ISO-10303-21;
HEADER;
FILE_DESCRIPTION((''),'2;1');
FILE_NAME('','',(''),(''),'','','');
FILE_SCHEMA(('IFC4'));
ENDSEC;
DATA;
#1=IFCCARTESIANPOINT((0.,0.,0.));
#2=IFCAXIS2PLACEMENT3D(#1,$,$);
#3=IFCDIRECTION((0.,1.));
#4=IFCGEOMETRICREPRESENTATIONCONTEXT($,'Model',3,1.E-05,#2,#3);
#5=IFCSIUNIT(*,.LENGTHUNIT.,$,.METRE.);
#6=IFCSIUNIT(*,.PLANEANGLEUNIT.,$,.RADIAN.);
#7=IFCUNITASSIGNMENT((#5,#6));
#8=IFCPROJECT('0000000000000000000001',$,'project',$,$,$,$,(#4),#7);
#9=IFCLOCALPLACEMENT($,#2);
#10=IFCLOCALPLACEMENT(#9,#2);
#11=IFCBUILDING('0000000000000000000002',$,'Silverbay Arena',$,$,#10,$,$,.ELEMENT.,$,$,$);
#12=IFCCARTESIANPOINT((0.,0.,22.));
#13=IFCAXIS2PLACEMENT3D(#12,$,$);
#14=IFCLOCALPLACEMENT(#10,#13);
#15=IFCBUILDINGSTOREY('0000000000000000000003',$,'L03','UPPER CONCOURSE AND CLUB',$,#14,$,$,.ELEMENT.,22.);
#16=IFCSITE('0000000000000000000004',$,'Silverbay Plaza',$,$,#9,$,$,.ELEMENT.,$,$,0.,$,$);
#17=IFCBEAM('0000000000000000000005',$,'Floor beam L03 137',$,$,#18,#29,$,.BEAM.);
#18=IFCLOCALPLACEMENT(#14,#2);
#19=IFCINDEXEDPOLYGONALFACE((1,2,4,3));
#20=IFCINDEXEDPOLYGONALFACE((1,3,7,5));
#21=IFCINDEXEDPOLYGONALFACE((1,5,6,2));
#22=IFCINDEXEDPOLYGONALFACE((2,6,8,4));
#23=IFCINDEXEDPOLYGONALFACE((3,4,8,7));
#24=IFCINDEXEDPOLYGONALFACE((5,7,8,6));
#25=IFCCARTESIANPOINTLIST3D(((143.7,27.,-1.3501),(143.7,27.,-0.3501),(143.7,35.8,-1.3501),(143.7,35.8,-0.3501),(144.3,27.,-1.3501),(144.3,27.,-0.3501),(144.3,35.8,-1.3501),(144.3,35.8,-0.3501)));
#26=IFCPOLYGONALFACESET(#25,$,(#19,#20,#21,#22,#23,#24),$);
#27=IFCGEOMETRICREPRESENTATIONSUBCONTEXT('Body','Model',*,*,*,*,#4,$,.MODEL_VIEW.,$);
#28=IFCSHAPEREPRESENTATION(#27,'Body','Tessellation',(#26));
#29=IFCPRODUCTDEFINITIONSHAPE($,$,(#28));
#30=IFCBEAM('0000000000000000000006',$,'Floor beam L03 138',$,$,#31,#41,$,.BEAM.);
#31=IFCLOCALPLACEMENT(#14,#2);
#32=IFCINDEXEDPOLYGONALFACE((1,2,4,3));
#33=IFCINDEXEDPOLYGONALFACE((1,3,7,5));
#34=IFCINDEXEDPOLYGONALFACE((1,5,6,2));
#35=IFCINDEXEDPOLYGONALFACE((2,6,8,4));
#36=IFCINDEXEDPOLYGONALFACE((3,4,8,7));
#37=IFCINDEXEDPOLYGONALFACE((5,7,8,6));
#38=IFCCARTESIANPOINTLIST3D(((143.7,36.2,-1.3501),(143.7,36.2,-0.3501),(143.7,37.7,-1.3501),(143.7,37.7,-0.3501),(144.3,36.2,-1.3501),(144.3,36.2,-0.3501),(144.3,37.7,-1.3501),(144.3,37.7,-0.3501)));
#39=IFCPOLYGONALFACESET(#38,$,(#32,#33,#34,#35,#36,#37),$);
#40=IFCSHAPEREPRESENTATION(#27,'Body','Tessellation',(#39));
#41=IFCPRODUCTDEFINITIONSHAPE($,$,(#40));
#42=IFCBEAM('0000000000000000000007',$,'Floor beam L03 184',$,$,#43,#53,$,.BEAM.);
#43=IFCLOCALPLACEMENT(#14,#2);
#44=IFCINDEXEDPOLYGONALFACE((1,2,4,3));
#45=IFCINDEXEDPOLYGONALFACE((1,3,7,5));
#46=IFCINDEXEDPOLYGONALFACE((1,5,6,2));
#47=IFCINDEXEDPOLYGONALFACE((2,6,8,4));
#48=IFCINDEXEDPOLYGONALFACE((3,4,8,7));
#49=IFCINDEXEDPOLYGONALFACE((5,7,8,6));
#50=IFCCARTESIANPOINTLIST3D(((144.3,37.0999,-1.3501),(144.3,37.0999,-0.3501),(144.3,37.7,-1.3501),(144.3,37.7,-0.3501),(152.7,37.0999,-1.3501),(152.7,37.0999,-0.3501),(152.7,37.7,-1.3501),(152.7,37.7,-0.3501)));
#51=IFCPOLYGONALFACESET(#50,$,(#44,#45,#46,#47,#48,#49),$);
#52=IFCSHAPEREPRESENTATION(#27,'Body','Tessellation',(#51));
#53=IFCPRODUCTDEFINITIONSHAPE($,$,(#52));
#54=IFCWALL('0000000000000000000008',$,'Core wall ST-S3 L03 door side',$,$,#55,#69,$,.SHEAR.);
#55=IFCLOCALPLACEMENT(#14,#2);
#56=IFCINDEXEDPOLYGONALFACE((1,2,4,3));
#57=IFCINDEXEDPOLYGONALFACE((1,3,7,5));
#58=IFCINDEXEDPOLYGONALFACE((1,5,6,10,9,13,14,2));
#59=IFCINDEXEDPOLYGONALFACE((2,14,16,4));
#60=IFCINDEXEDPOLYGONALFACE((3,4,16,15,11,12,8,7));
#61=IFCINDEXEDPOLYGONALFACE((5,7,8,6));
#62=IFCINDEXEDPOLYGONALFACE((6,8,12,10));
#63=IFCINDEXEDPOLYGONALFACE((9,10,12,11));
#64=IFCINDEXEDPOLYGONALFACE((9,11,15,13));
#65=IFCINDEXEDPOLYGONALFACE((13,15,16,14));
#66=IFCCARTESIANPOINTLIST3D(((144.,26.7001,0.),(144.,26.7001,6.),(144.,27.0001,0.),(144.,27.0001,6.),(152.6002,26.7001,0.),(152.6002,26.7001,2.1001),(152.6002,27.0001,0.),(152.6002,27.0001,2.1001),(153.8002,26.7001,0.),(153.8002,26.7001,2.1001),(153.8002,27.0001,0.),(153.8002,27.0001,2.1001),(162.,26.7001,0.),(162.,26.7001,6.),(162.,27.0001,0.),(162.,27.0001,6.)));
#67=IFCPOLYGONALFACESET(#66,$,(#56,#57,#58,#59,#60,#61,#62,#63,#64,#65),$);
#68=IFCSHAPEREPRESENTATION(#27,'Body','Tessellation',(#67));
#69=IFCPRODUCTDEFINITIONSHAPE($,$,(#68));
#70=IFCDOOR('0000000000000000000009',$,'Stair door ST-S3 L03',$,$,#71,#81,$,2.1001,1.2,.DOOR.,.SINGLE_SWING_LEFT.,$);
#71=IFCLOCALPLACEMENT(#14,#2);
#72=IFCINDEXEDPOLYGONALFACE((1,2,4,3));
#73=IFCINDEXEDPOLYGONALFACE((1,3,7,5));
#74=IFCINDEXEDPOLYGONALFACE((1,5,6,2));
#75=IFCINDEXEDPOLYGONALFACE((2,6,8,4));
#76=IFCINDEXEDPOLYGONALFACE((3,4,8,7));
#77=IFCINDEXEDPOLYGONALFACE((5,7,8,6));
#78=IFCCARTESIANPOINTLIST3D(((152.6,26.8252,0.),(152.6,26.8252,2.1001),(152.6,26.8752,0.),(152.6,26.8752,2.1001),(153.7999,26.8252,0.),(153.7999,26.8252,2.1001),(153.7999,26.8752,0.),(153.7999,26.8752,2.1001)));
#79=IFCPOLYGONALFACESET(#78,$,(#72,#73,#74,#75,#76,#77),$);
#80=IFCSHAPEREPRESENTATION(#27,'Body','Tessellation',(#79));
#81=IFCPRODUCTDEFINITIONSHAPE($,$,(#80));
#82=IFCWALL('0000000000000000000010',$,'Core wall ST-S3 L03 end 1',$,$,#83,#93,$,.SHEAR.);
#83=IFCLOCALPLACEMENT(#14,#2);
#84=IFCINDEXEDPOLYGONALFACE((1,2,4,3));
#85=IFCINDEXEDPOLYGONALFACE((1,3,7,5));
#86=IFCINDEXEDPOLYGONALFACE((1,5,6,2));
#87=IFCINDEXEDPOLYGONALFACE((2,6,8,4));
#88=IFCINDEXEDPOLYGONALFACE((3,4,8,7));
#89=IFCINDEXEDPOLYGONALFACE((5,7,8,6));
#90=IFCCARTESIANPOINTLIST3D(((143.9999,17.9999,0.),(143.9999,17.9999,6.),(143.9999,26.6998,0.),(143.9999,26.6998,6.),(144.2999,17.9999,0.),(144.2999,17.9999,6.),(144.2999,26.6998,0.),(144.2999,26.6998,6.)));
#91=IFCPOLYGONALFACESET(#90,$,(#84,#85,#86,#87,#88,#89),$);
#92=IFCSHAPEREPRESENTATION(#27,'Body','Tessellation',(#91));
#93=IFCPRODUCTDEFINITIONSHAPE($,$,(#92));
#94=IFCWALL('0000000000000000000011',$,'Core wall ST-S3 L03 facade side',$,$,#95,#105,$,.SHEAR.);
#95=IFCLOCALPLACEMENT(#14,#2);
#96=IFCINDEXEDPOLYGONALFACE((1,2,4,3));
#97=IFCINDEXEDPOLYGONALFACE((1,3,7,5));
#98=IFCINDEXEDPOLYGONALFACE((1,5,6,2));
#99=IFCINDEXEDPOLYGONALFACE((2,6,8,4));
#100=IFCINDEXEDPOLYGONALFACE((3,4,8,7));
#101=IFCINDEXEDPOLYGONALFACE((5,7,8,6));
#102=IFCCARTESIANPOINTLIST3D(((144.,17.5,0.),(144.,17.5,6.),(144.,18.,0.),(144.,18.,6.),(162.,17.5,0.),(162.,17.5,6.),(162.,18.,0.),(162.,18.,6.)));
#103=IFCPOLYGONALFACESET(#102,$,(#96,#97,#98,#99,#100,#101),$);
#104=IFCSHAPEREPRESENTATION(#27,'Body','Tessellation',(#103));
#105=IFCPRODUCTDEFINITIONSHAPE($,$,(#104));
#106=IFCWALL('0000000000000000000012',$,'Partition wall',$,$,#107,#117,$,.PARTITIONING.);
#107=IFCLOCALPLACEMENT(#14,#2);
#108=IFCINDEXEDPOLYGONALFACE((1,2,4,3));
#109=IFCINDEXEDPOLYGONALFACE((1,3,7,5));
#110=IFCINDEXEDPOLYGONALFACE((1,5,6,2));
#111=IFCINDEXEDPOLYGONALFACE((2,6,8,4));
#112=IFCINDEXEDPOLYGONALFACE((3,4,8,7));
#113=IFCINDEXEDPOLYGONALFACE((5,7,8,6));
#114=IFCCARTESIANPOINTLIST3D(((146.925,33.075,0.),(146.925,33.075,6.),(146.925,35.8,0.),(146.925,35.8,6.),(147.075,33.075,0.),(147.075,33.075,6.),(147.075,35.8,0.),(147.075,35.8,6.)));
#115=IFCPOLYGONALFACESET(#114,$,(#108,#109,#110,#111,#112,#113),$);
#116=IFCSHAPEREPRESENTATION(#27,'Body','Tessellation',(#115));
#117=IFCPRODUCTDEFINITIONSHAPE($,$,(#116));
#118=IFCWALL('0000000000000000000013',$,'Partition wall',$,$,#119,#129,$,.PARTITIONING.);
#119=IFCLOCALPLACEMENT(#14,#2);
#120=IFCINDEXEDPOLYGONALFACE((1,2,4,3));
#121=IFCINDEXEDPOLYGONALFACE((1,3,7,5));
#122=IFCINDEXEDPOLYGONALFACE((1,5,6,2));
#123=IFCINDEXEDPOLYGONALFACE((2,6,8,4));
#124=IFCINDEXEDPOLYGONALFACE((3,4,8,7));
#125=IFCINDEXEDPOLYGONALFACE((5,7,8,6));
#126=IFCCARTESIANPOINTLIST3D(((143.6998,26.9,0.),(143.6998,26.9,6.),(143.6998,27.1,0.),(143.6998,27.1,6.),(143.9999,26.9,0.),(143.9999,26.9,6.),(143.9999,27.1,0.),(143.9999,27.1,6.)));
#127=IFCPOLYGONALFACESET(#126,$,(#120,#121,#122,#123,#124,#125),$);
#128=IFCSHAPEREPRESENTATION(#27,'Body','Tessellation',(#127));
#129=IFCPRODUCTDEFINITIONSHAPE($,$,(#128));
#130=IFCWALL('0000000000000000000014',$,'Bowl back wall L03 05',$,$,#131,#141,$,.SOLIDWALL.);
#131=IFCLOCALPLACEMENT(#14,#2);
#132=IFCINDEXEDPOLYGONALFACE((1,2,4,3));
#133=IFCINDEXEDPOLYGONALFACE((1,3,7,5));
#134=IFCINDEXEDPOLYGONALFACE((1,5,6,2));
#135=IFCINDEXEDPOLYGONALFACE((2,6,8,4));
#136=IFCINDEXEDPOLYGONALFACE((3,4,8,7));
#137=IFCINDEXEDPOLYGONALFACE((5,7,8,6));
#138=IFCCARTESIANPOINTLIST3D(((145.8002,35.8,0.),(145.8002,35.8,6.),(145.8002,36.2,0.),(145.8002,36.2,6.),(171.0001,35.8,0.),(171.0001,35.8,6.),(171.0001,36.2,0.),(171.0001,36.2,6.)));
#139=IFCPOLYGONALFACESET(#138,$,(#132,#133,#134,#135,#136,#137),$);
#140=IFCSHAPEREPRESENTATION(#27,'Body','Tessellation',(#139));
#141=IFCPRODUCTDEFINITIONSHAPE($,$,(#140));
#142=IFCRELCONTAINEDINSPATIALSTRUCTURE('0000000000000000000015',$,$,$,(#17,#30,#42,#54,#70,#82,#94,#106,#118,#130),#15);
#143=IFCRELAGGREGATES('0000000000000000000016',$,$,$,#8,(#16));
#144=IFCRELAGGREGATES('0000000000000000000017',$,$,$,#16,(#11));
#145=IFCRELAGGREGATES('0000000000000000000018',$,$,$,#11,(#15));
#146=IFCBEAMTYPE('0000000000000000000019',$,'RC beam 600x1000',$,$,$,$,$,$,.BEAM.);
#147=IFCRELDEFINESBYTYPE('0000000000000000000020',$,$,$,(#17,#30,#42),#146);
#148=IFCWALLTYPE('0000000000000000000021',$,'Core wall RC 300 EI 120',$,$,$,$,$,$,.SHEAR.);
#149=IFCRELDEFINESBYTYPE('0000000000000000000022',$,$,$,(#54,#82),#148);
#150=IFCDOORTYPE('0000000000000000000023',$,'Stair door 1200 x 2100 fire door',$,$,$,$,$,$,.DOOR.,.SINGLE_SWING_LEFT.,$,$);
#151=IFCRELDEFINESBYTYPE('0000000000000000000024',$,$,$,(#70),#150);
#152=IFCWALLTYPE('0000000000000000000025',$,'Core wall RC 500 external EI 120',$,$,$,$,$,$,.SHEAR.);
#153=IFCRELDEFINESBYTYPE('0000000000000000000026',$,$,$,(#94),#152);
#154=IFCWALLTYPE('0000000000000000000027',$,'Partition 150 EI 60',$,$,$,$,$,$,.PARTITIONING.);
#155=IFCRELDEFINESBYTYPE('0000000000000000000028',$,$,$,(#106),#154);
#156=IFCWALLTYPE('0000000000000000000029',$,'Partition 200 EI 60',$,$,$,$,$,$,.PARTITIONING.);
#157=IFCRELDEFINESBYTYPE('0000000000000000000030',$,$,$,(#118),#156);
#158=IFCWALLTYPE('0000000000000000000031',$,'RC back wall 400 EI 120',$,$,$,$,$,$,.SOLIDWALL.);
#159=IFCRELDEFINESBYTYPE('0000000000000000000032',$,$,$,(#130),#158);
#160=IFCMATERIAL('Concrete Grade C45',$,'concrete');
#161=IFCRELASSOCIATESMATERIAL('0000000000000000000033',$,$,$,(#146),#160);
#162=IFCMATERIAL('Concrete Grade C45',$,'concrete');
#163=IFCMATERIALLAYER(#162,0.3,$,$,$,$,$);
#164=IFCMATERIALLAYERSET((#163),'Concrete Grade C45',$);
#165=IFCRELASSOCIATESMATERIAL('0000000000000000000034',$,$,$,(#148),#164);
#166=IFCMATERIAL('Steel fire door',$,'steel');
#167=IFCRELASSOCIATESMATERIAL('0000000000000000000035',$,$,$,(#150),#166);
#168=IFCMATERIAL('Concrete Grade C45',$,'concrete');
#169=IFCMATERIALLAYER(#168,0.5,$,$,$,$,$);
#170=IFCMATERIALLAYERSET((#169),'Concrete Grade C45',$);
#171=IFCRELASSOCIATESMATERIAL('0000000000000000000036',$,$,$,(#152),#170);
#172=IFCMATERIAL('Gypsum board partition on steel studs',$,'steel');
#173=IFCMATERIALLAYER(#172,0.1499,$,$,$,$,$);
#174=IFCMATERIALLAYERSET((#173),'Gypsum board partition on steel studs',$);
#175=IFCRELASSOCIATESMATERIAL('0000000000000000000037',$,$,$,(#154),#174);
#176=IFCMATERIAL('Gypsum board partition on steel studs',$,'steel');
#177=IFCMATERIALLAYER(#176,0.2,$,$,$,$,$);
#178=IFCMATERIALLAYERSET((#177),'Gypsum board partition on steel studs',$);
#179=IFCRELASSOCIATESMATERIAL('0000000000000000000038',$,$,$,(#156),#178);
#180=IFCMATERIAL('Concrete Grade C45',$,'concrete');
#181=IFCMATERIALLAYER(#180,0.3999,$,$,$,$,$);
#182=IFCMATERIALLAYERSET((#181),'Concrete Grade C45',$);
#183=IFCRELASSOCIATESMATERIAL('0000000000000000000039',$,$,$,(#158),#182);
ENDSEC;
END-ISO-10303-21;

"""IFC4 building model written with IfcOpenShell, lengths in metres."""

from ifc_helpers import new_model, si_unit, direction, frame, frame_2d, origin, origin_2d, place, context, subcontext, project, spatial, rectangle, extrude, material, layer, layer_set, material_profile, profile_set, type_object, element, fill, save


model = new_model("IFC4")

# Units and contexts
model_context = context("Model", 3, precision=1e-05, world=origin(), true_north=direction((0.0, 1.0)))
body_context = subcontext(model_context, "Body", "Model", "MODEL_VIEW")
ifc_project = project(units=[si_unit("LENGTHUNIT", "METRE"), si_unit("PLANEANGLEUNIT", "RADIAN")], contexts=[model_context])

# Site, building, storey
site_placement = place(None, origin())
site = spatial("IfcSite", under=ifc_project, at=site_placement, Name="Silverbay Plaza", CompositionType="ELEMENT", RefElevation=0.0)
building_placement = place(site_placement, origin())
building = spatial("IfcBuilding", under=site, at=building_placement, Name="Silverbay Arena", CompositionType="ELEMENT")
storey_placement = place(building_placement, frame((0.0, 0.0, 22.0)))
storey = spatial("IfcBuildingStorey", under=building, at=storey_placement, Name="L03", Description="UPPER CONCOURSE AND CLUB", CompositionType="ELEMENT", Elevation=22.0)

# Beams
ifc_material_1 = material(Name="Concrete Grade C45", Category="concrete")
ifc_material_profile = material_profile(ifc_material_1, rectangle(XDim=0.6001, YDim=1.0, at=origin_2d()), Name="RC 600x1000")
ifc_profile_set = profile_set([ifc_material_profile], Name="Concrete Grade C45")
beam_type = type_object("IfcBeamType", Name="RC beam 600x1000", PredefinedType="BEAM", material=ifc_profile_set)
beam_1_placement = place(storey_placement, frame((144.0, 27.0, -0.8501), z_axis=(0.0, 1.0, 0.0), x_axis=(-1.0, 0.0, 0.0)))
element("IfcBeam", 1, at=beam_1_placement, inside=storey, type_object=beam_type, Name="Floor beam L03 137", PredefinedType="BEAM", context=body_context, shape_type="SweptSolid", body=[
    extrude(rectangle(XDim=0.6001, YDim=1.0, at=origin_2d()), origin(), (0.0, 0.0, 1.0), 8.8),
])
beam_2_placement = place(storey_placement, frame((144.0, 36.2, -0.8501), z_axis=(0.0, 1.0, 0.0), x_axis=(-1.0, 0.0, 0.0)))
element("IfcBeam", 2, at=beam_2_placement, inside=storey, type_object=beam_type, Name="Floor beam L03 138", PredefinedType="BEAM", context=body_context, shape_type="SweptSolid", body=[
    extrude(rectangle(XDim=0.6001, YDim=1.0, at=origin_2d()), origin(), (0.0, 0.0, 1.0), 1.5),
])
beam_3_placement = place(storey_placement, frame((144.3, 37.3999, -0.8501), z_axis=(1.0, 0.0, 0.0), x_axis=(0.0, 1.0, 0.0)))
element("IfcBeam", 3, at=beam_3_placement, inside=storey, type_object=beam_type, Name="Floor beam L03 184", PredefinedType="BEAM", context=body_context, shape_type="SweptSolid", body=[
    extrude(rectangle(XDim=0.6001, YDim=1.0, at=origin_2d()), origin(), (0.0, 0.0, 1.0), 8.3999),
])

# Wall, opening, door
ifc_material_2 = material(Name="Concrete Grade C45", Category="concrete")
ifc_layer_1 = layer(ifc_material_2, 0.3)
ifc_layer_set_1 = layer_set([ifc_layer_1], Name="Concrete Grade C45")
wall_type_1 = type_object("IfcWallType", Name="Core wall RC 300 EI 120", PredefinedType="SHEAR", material=ifc_layer_set_1)
wall_1_placement = place(storey_placement, frame((144.0, 26.8501, 0.0), z_axis=(0.0, 0.0, 1.0), x_axis=(1.0, 0.0, 0.0)))
wall_1 = element("IfcWall", 4, at=wall_1_placement, inside=storey, type_object=wall_type_1, Name="Core wall ST-S3 L03 door side", PredefinedType="SHEAR", context=body_context, shape_type="SweptSolid", body=[
    extrude(rectangle(XDim=18.0, YDim=0.3, at=frame_2d((9.0, 0.0))), origin(), (0.0, 0.0, 1.0), 6.0),
])
opening_1_placement = place(wall_1_placement, frame((8.6001, 0.0, 0.0)))
opening_1 = element("IfcOpeningElement", 5, at=opening_1_placement, cuts=wall_1, PredefinedType="OPENING", context=body_context, shape_type="SweptSolid", body=[
    extrude(rectangle(XDim=1.2, YDim=2.1001, at=frame_2d((0.6001, 1.05))), frame((0.0, 0.1602, 0.0), z_axis=(0.0, -1.0, 0.0), x_axis=(1.0, 0.0, 0.0)), (0.0, 0.0, 1.0), 0.3201),
])
ifc_material_3 = material(Name="Steel fire door", Category="steel")
door_type_1 = type_object("IfcDoorType", Name="Stair door 1200 x 2100 fire door", OperationType="SINGLE_SWING_LEFT", PredefinedType="DOOR", material=ifc_material_3)
door_1_placement = place(opening_1_placement, frame((1.2, 0.0, 0.0), z_axis=(0.0, 0.0, 1.0), x_axis=(-1.0, 0.0, 0.0)))
door_1 = element("IfcDoor", 6, at=door_1_placement, inside=storey, type_object=door_type_1, Name="Stair door ST-S3 L03", OperationType="SINGLE_SWING_LEFT", OverallHeight=2.1001, OverallWidth=1.2, PredefinedType="DOOR", context=body_context, shape_type="SweptSolid", body=[
    extrude(rectangle(XDim=1.2, YDim=2.1001, at=frame_2d((0.6001, 1.05))), frame((0.0, 0.0249, 0.0), z_axis=(0.0, -1.0, 0.0), x_axis=(1.0, 0.0, 0.0)), (0.0, 0.0, 1.0), 0.05),
])
fill(opening_1, door_1)

# Walls
wall_2_placement = place(storey_placement, frame((144.1499, 26.7, 0.0), z_axis=(0.0, 0.0, 1.0), x_axis=(0.0, -1.0, 0.0)))
element("IfcWall", 7, at=wall_2_placement, inside=storey, type_object=wall_type_1, Name="Core wall ST-S3 L03 end 1", PredefinedType="SHEAR", context=body_context, shape_type="SweptSolid", body=[
    extrude(rectangle(XDim=8.7, YDim=0.3, at=frame_2d((4.3501, 0.0))), origin(), (0.0, 0.0, 1.0), 6.0),
])
ifc_material_4 = material(Name="Concrete Grade C45", Category="concrete")
ifc_layer_2 = layer(ifc_material_4, 0.5)
ifc_layer_set_2 = layer_set([ifc_layer_2], Name="Concrete Grade C45")
wall_type_2 = type_object("IfcWallType", Name="Core wall RC 500 external EI 120", PredefinedType="SHEAR", material=ifc_layer_set_2)
wall_3_placement = place(storey_placement, frame((144.0, 17.75, 0.0), z_axis=(0.0, 0.0, 1.0), x_axis=(1.0, 0.0, 0.0)))
element("IfcWall", 8, at=wall_3_placement, inside=storey, type_object=wall_type_2, Name="Core wall ST-S3 L03 facade side", PredefinedType="SHEAR", context=body_context, shape_type="SweptSolid", body=[
    extrude(rectangle(XDim=18.0, YDim=0.5, at=frame_2d((9.0, 0.0))), origin(), (0.0, 0.0, 1.0), 6.0),
])

# Shared definitions
ifc_material_5 = material(Name="Gypsum board partition on steel studs", Category="steel")
ifc_layer_3 = layer(ifc_material_5, 0.1499)
ifc_layer_set_3 = layer_set([ifc_layer_3], Name="Gypsum board partition on steel studs")
wall_type_3 = type_object("IfcWallType", Name="Partition 150 EI 60", PredefinedType="PARTITIONING", material=ifc_layer_set_3)

# Walls
wall_4_placement = place(storey_placement, frame((147.0, 33.075, 0.0), z_axis=(0.0, 0.0, 1.0), x_axis=(0.0, 1.0, 0.0)))
element("IfcWall", 9, at=wall_4_placement, inside=storey, type_object=wall_type_3, Name="Partition wall", PredefinedType="PARTITIONING", context=body_context, shape_type="SweptSolid", body=[
    extrude(rectangle(XDim=2.7251, YDim=0.1499, at=frame_2d((1.3625, 0.0))), origin(), (0.0, 0.0, 1.0), 6.0),
])
ifc_material_6 = material(Name="Gypsum board partition on steel studs", Category="steel")
ifc_layer_4 = layer(ifc_material_6, 0.2)
ifc_layer_set_4 = layer_set([ifc_layer_4], Name="Gypsum board partition on steel studs")
wall_type_4 = type_object("IfcWallType", Name="Partition 200 EI 60", PredefinedType="PARTITIONING", material=ifc_layer_set_4)
wall_5_placement = place(storey_placement, frame((143.7, 27.0, 0.0), z_axis=(0.0, 0.0, 1.0), x_axis=(1.0, 0.0, 0.0)))
element("IfcWall", 10, at=wall_5_placement, inside=storey, type_object=wall_type_4, Name="Partition wall", PredefinedType="PARTITIONING", context=body_context, shape_type="SweptSolid", body=[
    extrude(rectangle(XDim=0.3, YDim=0.2, at=frame_2d((0.1499, 0.0))), origin(), (0.0, 0.0, 1.0), 6.0),
])
ifc_material_7 = material(Name="Concrete Grade C45", Category="concrete")
ifc_layer_5 = layer(ifc_material_7, 0.3999)
ifc_layer_set_5 = layer_set([ifc_layer_5], Name="Concrete Grade C45")
wall_type_5 = type_object("IfcWallType", Name="RC back wall 400 EI 120", PredefinedType="SOLIDWALL", material=ifc_layer_set_5)
wall_6_placement = place(storey_placement, frame((145.8, 36.0, 0.0), z_axis=(0.0, 0.0, 1.0), x_axis=(1.0, 0.0, 0.0)))
element("IfcWall", 11, at=wall_6_placement, inside=storey, type_object=wall_type_5, Name="Bowl back wall L03 05", PredefinedType="SOLIDWALL", context=body_context, shape_type="SweptSolid", body=[
    extrude(rectangle(XDim=25.2, YDim=0.3999, at=frame_2d((12.6001, 0.0))), origin(), (0.0, 0.0, 1.0), 6.0),
])

save(model, "model.ifc")
